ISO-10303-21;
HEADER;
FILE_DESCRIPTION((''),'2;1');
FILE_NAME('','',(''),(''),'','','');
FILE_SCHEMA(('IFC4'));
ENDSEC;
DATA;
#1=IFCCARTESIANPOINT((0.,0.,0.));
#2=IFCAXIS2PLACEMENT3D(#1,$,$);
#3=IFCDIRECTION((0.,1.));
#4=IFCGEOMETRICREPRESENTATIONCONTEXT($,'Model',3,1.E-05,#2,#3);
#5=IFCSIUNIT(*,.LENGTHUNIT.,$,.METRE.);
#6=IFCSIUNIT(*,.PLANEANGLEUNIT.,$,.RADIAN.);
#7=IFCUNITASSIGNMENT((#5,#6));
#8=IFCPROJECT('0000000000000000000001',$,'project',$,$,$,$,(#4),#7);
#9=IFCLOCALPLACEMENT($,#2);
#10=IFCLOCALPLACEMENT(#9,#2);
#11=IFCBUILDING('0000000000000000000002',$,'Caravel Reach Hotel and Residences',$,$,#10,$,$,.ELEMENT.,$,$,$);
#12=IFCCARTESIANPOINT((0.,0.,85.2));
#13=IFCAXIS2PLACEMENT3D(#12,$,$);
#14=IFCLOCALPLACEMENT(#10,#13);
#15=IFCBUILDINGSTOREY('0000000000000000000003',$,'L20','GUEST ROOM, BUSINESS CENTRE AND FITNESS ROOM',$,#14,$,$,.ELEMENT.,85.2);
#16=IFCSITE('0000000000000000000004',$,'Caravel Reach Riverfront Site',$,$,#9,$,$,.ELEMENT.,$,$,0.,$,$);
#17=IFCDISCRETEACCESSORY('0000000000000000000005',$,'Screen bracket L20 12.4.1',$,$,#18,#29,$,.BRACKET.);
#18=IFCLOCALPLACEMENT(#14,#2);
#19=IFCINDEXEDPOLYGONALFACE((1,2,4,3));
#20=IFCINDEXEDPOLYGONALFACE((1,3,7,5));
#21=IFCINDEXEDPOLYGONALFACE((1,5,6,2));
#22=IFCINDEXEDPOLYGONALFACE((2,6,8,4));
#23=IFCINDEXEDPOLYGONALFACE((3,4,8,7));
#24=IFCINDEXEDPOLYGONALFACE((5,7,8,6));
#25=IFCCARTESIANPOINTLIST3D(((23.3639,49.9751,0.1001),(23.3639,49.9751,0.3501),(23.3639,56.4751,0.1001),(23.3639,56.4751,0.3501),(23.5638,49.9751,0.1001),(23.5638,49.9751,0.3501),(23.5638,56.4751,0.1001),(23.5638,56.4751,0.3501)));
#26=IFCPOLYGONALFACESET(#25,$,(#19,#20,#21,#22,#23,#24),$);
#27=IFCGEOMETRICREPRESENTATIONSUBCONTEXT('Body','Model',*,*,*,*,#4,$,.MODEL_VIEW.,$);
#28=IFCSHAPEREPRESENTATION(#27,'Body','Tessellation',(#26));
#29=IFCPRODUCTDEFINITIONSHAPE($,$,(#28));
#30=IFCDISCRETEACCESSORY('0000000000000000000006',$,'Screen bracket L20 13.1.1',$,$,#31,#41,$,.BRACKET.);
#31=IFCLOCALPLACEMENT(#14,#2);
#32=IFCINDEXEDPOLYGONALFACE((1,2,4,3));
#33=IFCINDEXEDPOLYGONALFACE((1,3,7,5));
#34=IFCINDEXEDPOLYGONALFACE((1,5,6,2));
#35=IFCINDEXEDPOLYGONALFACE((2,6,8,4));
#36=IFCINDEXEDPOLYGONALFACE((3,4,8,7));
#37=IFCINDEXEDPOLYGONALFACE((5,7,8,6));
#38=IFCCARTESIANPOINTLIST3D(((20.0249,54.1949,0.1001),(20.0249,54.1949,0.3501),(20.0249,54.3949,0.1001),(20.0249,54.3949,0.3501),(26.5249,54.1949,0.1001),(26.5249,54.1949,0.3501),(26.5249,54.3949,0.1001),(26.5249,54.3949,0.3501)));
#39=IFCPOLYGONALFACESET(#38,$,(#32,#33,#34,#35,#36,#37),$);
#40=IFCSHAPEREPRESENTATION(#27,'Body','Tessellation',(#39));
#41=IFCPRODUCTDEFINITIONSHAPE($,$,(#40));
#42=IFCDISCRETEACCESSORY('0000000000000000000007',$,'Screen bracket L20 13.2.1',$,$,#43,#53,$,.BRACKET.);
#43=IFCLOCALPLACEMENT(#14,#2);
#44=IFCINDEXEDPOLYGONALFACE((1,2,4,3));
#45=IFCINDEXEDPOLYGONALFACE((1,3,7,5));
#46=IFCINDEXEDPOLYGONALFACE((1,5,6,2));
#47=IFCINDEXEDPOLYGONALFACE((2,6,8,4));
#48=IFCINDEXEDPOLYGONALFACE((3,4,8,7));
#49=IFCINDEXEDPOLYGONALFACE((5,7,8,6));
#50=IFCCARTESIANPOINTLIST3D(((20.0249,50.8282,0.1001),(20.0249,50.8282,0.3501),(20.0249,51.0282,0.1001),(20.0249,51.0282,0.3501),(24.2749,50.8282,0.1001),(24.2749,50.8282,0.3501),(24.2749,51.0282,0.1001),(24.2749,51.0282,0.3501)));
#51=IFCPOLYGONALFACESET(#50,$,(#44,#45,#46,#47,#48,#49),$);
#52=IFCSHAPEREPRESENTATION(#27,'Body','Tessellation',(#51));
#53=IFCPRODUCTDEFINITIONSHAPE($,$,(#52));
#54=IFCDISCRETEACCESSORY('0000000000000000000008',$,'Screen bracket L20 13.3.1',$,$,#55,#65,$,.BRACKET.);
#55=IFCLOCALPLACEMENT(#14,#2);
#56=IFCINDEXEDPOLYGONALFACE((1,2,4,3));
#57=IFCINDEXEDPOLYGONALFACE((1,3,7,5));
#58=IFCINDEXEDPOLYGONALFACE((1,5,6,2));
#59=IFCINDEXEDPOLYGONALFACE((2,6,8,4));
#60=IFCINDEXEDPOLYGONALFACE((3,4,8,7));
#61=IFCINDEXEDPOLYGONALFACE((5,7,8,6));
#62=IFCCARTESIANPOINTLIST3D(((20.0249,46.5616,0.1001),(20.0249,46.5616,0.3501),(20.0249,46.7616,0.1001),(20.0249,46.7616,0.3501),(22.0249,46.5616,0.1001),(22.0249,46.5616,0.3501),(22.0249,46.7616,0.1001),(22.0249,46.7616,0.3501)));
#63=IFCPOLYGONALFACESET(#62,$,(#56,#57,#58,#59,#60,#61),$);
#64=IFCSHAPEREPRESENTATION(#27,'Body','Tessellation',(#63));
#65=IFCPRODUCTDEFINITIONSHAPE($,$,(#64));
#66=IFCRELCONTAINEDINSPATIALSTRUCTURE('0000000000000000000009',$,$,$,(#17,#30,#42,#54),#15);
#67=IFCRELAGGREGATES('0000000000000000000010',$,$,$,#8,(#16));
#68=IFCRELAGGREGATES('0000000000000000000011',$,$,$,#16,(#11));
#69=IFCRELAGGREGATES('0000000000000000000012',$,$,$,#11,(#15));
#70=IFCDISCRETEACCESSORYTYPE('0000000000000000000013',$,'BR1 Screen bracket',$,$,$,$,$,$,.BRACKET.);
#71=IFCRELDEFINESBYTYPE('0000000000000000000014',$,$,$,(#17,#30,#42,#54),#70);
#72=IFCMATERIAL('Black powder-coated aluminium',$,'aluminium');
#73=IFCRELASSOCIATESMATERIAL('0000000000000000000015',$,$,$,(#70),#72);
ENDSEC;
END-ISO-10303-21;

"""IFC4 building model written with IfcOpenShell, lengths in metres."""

from ifc_helpers import new_model, si_unit, direction, frame, origin, origin_2d, place, context, subcontext, project, spatial, rectangle, extrude, material, type_object, element, save


model = new_model("IFC4")

# Units and contexts
model_context = context("Model", 3, precision=1e-05, world=origin(), true_north=direction((0.0, 1.0)))
body_context = subcontext(model_context, "Body", "Model", "MODEL_VIEW")
ifc_project = project(units=[si_unit("LENGTHUNIT", "METRE"), si_unit("PLANEANGLEUNIT", "RADIAN")], contexts=[model_context])

# Site, building, storey
site_placement = place(None, origin())
site = spatial("IfcSite", under=ifc_project, at=site_placement, Name="Caravel Reach Riverfront Site", CompositionType="ELEMENT", RefElevation=0.0)
building_placement = place(site_placement, origin())
building = spatial("IfcBuilding", under=site, at=building_placement, Name="Caravel Reach Hotel and Residences", CompositionType="ELEMENT")
storey_placement = place(building_placement, frame((0.0, 0.0, 85.2)))
storey = spatial("IfcBuildingStorey", under=building, at=storey_placement, Name="L20", Description="GUEST ROOM, BUSINESS CENTRE AND FITNESS ROOM", CompositionType="ELEMENT", Elevation=85.2)

# Discrete accessories
ifc_material_1 = material(Name="Black powder-coated aluminium", Category="aluminium")
discrete_accessory_type = type_object("IfcDiscreteAccessoryType", Name="BR1 Screen bracket", PredefinedType="BRACKET", material=ifc_material_1)
for number, where, z_axis, x_axis, name in (
    (1, (23.4639, 53.2251, 0.1001), (0.0, 0.0, 1.0), (0.0, 1.0, 0.0), "Screen bracket L20 12.4.1"),
    (2, (23.2749, 54.2949, 0.1001), (0.0, 0.0, 1.0), (-1.0, 0.0, 0.0), "Screen bracket L20 13.1.1"),
):
    element("IfcDiscreteAccessory", number, at=place(storey_placement, frame(where, z_axis=z_axis, x_axis=x_axis)), inside=storey, type_object=discrete_accessory_type, Name=name, PredefinedType="BRACKET", context=body_context, shape_type="SweptSolid", body=[
        extrude(rectangle(XDim=6.5, YDim=0.2, at=origin_2d()), origin(), (0.0, 0.0, 1.0), 0.25),
    ])
discrete_accessory_1_placement = place(storey_placement, frame((22.1499, 50.9282, 0.1001), z_axis=(0.0, 0.0, 1.0), x_axis=(-1.0, 0.0, 0.0)))
element("IfcDiscreteAccessory", 3, at=discrete_accessory_1_placement, inside=storey, type_object=discrete_accessory_type, Name="Screen bracket L20 13.2.1", PredefinedType="BRACKET", context=body_context, shape_type="SweptSolid", body=[
    extrude(rectangle(XDim=4.25, YDim=0.2, at=origin_2d()), origin(), (0.0, 0.0, 1.0), 0.25),
])
discrete_accessory_2_placement = place(storey_placement, frame((21.0249, 46.6616, 0.1001), z_axis=(0.0, 0.0, 1.0), x_axis=(-1.0, 0.0, 0.0)))
element("IfcDiscreteAccessory", 4, at=discrete_accessory_2_placement, inside=storey, type_object=discrete_accessory_type, Name="Screen bracket L20 13.3.1", PredefinedType="BRACKET", context=body_context, shape_type="SweptSolid", body=[
    extrude(rectangle(XDim=2.0, YDim=0.2, at=origin_2d()), origin(), (0.0, 0.0, 1.0), 0.25),
])

save(model, "model.ifc")
